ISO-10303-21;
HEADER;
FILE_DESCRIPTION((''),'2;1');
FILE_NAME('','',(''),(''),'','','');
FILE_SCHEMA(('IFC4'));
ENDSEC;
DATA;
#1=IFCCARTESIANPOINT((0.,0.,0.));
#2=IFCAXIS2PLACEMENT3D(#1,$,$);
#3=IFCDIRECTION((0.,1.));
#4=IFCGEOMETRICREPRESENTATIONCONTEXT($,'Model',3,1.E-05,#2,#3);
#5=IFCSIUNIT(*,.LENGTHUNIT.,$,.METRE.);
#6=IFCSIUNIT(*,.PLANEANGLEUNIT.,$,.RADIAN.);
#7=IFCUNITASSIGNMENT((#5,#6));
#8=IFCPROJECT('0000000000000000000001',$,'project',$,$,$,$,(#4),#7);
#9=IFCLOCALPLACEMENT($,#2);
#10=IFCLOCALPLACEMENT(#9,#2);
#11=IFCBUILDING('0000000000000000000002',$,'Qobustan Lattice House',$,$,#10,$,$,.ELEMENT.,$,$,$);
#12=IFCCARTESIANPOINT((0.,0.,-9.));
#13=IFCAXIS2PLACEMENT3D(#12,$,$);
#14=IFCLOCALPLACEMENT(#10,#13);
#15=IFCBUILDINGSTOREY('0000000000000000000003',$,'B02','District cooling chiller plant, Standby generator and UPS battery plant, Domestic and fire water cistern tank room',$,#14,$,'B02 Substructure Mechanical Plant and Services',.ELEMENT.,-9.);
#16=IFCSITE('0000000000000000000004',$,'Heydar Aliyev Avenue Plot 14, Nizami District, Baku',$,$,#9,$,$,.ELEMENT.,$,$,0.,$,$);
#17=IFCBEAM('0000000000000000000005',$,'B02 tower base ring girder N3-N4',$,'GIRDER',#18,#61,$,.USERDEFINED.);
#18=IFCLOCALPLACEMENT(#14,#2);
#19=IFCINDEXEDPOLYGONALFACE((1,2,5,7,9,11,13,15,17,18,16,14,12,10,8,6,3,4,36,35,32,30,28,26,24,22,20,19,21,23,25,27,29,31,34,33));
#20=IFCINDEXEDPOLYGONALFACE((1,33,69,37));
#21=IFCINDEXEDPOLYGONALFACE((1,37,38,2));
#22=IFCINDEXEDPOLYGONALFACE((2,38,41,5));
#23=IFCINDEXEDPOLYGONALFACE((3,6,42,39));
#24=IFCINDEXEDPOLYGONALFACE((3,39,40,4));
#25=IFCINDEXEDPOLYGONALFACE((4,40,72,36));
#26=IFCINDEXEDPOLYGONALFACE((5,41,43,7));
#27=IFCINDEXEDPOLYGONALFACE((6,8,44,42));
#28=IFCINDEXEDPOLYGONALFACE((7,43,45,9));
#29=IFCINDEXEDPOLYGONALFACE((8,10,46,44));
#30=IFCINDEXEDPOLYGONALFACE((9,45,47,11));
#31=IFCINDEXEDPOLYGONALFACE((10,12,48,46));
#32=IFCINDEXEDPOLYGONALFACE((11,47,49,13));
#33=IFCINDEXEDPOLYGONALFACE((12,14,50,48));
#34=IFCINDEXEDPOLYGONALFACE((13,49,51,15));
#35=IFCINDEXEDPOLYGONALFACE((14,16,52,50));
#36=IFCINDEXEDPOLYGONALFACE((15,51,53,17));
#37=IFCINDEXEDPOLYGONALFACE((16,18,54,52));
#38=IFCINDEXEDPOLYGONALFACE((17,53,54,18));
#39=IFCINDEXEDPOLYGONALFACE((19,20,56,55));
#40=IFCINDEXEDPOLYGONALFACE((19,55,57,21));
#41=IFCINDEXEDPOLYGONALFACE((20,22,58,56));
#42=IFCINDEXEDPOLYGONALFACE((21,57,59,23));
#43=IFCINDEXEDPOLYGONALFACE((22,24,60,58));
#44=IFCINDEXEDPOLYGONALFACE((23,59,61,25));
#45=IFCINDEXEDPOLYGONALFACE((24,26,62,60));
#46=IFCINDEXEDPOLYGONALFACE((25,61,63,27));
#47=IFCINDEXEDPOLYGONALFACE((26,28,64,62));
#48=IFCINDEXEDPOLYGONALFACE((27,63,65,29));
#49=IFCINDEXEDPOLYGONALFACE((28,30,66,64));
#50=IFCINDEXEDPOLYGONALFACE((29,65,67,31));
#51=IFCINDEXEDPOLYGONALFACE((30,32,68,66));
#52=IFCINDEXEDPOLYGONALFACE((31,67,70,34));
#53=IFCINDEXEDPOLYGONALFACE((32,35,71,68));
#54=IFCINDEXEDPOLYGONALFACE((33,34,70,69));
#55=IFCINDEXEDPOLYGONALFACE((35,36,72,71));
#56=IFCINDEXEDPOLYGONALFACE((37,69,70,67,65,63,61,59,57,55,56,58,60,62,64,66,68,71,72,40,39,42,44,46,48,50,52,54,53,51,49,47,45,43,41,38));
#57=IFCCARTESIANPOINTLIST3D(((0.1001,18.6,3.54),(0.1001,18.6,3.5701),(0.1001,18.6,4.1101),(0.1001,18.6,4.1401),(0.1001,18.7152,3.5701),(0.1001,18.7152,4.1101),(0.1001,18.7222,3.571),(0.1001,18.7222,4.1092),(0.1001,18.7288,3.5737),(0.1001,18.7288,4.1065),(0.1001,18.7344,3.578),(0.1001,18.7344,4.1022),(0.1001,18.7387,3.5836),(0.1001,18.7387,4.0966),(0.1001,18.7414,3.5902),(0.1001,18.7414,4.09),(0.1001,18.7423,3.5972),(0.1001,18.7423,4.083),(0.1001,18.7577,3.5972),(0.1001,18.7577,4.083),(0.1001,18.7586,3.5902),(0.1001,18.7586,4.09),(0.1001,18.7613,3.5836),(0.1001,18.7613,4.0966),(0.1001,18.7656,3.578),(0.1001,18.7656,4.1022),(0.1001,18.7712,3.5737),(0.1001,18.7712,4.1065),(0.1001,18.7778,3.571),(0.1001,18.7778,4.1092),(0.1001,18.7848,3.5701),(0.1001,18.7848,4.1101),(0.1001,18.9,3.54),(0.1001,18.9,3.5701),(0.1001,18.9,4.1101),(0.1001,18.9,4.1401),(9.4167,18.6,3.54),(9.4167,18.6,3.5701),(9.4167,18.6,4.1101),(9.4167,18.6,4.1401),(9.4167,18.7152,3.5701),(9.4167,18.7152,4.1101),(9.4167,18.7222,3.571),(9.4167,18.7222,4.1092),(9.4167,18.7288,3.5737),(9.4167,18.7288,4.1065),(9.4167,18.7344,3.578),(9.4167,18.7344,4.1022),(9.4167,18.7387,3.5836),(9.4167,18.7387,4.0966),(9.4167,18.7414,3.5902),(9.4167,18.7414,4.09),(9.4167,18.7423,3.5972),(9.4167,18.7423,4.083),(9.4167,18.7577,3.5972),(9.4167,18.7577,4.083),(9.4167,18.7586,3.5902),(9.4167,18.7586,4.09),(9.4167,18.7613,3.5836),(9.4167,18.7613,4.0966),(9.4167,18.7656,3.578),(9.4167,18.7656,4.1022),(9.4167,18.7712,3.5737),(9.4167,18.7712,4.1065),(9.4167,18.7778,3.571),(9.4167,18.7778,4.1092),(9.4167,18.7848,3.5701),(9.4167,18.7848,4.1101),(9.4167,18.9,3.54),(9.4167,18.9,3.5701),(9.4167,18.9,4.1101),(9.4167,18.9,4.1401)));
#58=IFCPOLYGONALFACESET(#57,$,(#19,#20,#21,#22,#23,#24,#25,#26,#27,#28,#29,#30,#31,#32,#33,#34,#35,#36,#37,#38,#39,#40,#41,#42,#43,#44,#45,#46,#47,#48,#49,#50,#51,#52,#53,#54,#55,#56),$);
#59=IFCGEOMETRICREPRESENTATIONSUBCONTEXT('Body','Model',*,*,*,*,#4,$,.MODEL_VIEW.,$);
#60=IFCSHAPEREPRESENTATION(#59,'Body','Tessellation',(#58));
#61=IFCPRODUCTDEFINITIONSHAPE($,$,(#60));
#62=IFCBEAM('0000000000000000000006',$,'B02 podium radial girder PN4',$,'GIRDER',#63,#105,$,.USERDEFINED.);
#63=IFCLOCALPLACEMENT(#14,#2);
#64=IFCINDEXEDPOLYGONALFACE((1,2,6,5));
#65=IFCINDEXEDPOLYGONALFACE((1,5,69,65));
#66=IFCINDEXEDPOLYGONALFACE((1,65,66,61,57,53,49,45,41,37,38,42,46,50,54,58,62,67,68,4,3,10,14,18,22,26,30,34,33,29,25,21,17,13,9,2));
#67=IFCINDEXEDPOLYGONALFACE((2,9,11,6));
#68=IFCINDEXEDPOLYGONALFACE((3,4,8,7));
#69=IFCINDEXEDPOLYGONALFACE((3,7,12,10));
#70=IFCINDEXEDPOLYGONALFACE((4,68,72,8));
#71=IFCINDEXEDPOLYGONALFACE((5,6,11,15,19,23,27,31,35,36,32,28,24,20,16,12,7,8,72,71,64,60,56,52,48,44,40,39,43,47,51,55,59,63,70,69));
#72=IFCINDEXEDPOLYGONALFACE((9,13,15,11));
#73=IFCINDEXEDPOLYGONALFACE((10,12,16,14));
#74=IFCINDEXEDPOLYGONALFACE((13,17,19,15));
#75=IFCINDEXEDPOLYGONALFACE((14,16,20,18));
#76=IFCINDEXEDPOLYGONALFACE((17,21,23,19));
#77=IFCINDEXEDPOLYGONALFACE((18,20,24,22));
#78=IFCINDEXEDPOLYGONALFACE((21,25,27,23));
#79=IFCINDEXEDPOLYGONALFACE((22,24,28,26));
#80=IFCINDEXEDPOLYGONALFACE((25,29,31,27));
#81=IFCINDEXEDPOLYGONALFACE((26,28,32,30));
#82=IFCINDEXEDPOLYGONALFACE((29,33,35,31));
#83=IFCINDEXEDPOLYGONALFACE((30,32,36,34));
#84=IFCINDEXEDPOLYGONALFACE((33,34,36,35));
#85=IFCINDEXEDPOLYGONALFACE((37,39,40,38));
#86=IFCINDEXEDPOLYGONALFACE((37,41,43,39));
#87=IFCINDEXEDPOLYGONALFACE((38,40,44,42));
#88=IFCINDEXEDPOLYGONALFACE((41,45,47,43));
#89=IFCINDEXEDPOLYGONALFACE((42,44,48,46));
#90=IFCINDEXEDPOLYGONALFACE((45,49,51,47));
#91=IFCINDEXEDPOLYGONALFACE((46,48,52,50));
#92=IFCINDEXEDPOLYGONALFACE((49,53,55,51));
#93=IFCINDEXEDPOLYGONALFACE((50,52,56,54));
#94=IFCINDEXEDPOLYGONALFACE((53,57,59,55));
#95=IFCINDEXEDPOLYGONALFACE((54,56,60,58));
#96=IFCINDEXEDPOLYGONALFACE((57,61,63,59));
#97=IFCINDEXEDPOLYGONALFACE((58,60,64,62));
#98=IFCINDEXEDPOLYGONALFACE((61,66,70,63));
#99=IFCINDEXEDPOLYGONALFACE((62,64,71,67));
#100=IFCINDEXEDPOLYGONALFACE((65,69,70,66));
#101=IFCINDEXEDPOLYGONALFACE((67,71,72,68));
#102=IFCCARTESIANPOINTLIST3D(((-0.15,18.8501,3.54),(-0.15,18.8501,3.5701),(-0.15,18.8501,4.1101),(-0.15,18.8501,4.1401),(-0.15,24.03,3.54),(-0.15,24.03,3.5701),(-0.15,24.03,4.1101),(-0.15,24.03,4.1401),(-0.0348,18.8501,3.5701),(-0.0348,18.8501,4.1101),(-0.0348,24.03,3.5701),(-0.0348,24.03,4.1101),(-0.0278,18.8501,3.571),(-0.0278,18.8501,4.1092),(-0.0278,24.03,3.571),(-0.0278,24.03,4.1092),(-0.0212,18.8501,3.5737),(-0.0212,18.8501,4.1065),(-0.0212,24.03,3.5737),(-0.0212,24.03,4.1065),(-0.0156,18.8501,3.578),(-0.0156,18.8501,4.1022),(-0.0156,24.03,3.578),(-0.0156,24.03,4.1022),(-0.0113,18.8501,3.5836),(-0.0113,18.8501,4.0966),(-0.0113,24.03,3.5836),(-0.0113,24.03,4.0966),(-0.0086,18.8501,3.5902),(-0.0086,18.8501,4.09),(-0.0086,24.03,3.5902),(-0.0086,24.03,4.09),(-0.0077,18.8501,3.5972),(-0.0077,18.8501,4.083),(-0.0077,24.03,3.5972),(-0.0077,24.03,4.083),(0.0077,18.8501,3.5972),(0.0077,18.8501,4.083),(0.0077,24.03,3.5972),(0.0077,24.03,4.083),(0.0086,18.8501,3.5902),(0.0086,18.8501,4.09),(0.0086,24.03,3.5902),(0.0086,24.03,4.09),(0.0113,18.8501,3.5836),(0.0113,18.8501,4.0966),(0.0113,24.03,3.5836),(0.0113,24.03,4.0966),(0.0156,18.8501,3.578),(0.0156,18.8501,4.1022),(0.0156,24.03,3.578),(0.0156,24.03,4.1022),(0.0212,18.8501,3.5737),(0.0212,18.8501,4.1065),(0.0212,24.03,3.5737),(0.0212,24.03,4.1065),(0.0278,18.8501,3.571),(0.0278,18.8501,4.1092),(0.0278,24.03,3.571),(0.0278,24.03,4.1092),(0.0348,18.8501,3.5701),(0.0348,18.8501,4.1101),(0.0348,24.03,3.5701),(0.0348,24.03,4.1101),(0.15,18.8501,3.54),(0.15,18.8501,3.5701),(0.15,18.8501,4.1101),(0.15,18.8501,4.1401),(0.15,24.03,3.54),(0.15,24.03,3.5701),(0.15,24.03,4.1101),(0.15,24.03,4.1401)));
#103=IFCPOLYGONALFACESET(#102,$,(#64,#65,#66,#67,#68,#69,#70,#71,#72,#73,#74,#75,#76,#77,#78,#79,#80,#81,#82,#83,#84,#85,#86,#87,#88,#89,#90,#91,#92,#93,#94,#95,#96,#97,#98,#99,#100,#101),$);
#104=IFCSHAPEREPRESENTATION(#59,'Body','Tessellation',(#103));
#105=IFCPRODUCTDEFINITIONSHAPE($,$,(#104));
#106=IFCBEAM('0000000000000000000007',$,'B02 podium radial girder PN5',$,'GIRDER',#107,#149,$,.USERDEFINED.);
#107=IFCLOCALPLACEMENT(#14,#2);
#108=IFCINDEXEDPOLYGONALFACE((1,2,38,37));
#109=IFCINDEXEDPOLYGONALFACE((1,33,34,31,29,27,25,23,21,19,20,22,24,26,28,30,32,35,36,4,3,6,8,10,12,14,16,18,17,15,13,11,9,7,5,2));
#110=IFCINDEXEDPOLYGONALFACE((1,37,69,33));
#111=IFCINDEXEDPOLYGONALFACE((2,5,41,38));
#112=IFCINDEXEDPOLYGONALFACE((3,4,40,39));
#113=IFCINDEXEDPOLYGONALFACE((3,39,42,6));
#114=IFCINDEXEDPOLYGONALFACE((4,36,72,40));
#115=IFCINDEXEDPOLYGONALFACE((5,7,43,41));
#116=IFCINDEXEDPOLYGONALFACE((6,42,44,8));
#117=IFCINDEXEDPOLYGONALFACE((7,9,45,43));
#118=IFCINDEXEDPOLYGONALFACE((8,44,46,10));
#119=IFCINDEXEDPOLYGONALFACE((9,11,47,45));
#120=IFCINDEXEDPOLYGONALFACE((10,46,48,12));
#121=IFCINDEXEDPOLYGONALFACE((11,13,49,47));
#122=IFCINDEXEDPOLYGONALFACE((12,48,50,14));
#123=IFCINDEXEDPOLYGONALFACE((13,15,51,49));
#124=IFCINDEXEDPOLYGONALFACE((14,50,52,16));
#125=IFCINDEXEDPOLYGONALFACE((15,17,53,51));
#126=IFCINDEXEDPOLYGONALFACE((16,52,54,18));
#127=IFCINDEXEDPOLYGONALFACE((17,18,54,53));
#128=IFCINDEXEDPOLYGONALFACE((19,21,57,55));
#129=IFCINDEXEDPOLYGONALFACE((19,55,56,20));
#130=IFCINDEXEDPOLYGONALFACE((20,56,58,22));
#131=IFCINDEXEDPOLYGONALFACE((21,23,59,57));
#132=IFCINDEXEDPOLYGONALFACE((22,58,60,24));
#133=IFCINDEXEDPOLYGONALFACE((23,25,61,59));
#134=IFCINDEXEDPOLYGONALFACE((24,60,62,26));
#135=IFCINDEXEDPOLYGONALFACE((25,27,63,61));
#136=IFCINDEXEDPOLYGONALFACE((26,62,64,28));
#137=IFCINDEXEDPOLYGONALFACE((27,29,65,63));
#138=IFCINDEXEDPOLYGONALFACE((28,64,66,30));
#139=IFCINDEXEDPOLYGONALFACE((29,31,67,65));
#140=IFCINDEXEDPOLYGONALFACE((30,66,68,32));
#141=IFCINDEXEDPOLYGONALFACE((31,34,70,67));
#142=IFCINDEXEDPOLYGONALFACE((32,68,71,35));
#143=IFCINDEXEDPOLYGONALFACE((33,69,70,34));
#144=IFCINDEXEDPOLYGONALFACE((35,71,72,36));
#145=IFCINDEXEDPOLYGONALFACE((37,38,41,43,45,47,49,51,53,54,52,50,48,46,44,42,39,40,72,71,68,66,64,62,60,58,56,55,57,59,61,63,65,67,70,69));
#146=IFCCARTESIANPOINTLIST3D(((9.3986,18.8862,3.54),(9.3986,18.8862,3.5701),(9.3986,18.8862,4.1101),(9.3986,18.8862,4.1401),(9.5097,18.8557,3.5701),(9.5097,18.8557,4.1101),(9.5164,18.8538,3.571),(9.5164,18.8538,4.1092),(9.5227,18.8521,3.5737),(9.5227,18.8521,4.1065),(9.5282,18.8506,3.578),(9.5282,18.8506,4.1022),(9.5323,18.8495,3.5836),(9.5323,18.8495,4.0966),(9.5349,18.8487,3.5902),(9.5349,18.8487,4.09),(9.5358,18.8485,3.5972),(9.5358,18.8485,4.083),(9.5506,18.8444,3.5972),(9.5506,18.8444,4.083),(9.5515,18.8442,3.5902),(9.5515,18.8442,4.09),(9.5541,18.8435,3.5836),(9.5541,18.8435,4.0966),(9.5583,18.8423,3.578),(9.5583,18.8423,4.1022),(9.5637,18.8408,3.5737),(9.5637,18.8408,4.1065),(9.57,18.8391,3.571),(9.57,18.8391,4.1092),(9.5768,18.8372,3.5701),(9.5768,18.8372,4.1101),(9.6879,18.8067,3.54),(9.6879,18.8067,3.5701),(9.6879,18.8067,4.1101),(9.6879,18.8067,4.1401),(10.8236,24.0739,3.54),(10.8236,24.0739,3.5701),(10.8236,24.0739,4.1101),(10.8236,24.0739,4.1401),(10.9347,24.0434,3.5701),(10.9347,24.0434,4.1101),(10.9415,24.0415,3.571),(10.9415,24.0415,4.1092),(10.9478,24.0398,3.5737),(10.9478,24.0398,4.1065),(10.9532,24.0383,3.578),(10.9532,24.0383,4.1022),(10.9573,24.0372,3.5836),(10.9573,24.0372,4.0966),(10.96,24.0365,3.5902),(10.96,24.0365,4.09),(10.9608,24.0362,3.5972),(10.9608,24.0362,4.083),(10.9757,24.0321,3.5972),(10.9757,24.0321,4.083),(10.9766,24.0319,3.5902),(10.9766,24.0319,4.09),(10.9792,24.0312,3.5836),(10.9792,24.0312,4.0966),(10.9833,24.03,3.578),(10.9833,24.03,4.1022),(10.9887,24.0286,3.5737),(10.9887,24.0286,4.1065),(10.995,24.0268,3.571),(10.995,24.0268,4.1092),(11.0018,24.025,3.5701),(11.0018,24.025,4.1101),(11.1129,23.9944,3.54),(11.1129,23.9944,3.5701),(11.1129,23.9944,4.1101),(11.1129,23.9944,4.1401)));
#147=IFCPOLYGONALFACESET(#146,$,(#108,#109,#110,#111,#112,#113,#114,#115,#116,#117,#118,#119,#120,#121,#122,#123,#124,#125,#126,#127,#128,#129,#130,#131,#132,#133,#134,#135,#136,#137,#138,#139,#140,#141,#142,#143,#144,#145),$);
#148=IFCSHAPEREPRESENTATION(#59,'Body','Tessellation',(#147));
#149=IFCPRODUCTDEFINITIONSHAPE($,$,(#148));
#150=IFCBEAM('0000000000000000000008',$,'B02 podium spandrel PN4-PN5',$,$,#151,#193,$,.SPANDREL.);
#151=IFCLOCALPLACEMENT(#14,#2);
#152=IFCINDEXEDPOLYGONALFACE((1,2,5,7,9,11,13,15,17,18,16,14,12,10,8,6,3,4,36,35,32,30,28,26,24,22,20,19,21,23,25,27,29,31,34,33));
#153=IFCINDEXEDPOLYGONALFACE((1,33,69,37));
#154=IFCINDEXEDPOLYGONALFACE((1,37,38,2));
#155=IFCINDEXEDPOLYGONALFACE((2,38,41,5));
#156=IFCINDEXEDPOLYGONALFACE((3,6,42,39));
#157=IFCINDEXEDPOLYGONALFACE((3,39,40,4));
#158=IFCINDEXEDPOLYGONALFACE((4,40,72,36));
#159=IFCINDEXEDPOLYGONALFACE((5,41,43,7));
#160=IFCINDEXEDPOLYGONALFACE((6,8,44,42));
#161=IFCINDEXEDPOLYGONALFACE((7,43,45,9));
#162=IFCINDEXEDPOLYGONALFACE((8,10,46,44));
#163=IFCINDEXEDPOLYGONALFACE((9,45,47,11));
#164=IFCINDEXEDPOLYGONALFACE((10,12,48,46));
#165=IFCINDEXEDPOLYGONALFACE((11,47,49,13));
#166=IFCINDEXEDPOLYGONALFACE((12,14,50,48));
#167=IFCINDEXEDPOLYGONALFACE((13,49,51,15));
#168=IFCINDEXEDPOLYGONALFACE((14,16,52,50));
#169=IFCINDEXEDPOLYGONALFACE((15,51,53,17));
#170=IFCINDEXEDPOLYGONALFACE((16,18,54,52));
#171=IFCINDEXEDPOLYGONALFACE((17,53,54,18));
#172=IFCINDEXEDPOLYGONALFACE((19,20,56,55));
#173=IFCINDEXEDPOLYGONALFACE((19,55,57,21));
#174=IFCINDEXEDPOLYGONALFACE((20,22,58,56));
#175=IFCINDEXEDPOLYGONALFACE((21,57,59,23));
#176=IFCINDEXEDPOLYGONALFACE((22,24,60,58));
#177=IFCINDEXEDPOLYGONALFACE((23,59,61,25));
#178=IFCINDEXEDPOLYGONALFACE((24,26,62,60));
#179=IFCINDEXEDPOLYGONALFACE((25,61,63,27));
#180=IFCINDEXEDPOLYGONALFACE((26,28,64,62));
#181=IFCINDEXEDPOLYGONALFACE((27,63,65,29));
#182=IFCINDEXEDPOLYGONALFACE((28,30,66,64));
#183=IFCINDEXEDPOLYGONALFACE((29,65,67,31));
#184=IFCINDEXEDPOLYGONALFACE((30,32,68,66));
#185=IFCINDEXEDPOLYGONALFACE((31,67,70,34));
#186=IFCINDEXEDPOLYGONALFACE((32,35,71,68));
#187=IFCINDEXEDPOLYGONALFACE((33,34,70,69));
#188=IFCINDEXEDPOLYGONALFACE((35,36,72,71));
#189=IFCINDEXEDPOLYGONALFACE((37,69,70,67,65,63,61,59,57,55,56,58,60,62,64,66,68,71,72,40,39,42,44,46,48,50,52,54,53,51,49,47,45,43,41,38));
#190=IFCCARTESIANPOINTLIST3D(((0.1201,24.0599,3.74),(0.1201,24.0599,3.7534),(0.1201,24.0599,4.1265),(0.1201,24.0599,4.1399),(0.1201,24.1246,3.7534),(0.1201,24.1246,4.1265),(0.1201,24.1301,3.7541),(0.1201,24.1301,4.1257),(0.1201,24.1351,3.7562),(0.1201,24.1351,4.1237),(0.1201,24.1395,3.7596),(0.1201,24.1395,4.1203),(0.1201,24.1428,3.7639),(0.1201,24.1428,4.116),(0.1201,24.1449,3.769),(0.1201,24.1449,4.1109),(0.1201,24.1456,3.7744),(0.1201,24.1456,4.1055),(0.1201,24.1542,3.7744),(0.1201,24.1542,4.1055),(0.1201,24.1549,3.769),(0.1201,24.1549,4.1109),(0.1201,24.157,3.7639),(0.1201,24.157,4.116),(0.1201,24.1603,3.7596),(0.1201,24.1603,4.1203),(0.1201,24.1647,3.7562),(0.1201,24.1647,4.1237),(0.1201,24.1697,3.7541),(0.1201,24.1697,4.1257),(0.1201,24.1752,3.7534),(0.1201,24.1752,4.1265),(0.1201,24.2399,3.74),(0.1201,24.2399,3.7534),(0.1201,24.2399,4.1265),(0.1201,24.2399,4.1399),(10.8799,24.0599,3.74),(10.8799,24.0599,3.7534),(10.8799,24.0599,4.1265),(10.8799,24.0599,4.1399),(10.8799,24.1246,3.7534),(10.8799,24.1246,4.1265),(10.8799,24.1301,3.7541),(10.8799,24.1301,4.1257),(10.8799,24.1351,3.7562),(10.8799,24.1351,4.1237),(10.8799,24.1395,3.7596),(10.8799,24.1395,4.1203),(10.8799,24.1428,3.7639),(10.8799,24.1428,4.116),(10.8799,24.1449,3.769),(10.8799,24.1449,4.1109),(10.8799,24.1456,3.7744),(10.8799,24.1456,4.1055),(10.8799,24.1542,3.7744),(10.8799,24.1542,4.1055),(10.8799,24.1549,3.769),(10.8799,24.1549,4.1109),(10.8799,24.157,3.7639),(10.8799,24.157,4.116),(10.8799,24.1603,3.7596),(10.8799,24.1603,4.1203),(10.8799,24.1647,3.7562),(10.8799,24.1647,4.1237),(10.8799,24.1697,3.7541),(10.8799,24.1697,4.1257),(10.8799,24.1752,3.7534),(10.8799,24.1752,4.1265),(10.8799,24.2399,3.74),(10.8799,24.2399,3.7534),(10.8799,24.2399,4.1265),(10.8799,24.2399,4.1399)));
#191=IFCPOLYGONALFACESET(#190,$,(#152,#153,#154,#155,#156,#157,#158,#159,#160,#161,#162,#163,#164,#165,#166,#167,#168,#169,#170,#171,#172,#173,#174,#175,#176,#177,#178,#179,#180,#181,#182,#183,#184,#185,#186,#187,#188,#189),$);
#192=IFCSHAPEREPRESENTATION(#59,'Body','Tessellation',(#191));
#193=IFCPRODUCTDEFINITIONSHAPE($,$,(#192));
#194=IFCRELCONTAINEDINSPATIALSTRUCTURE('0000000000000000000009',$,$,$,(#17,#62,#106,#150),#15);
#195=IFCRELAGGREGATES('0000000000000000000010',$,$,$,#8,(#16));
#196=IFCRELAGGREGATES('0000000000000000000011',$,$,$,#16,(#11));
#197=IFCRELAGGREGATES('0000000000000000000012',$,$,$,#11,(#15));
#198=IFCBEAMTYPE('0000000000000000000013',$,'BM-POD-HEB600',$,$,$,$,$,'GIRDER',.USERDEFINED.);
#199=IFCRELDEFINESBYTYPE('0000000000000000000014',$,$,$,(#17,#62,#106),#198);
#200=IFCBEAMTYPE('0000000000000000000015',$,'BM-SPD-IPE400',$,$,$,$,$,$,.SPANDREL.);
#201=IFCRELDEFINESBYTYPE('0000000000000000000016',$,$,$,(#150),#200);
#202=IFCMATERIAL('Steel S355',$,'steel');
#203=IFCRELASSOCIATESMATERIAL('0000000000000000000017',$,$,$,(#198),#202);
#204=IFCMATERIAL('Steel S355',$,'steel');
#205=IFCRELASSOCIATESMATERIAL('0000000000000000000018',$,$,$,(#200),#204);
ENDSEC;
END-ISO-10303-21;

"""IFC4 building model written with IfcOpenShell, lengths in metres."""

from ifc_helpers import new_model, si_unit, direction, frame, origin, origin_2d, place, context, subcontext, project, spatial, i_section, extrude, material, material_profile, profile_set, type_object, element, save


model = new_model("IFC4")

# Units and contexts
model_context = context("Model", 3, precision=1e-05, world=origin(), true_north=direction((0.0, 1.0)))
body_context = subcontext(model_context, "Body", "Model", "MODEL_VIEW")
ifc_project = project(units=[si_unit("LENGTHUNIT", "METRE"), si_unit("PLANEANGLEUNIT", "RADIAN")], contexts=[model_context])

# Site, building, storey
site_placement = place(None, origin())
site = spatial("IfcSite", under=ifc_project, at=site_placement, Name="Heydar Aliyev Avenue Plot 14, Nizami District, Baku", CompositionType="ELEMENT", RefElevation=0.0)
building_placement = place(site_placement, origin())
building = spatial("IfcBuilding", under=site, at=building_placement, Name="Qobustan Lattice House", CompositionType="ELEMENT")
storey_placement = place(building_placement, frame((0.0, 0.0, -9.0)))
storey = spatial("IfcBuildingStorey", under=building, at=storey_placement, Name="B02", Description="District cooling chiller plant, Standby generator and UPS battery plant, Domestic and fire water cistern tank room", LongName="B02 Substructure Mechanical Plant and Services", CompositionType="ELEMENT", Elevation=-9.0)

# Beams
ifc_material_1 = material(Name="Steel S355", Category="steel")
ifc_material_profile_1 = material_profile(ifc_material_1, i_section(OverallWidth=0.3, OverallDepth=0.6001, WebThickness=0.0154, FlangeThickness=0.03, FilletRadius=0.0271, at=origin_2d()), Name="HEB600")
ifc_profile_set_1 = profile_set([ifc_material_profile_1], Name="Steel S355")
beam_type_1 = type_object("IfcBeamType", Name="BM-POD-HEB600", ElementType="GIRDER", PredefinedType="USERDEFINED", material=ifc_profile_set_1)
beam_1_placement = place(storey_placement, frame((9.4167, 18.75, 3.8401), z_axis=(-1.0, 0.0, 0.0), x_axis=(0.0, -1.0, 0.0)))
element("IfcBeam", 1, at=beam_1_placement, inside=storey, type_object=beam_type_1, Name="B02 tower base ring girder N3-N4", ObjectType="GIRDER", PredefinedType="USERDEFINED", context=body_context, shape_type="SweptSolid", body=[
    extrude(i_section(OverallWidth=0.3, OverallDepth=0.6001, WebThickness=0.0154, FlangeThickness=0.03, FilletRadius=0.0271, at=origin_2d()), origin(), (0.0, 0.0, 1.0), 9.3167),
])
beam_2_placement = place(storey_placement, frame((0.0, 24.03, 3.8401), z_axis=(0.0, -1.0, 0.0), x_axis=(1.0, 0.0, 0.0)))
element("IfcBeam", 2, at=beam_2_placement, inside=storey, type_object=beam_type_1, Name="B02 podium radial girder PN4", ObjectType="GIRDER", PredefinedType="USERDEFINED", context=body_context, shape_type="SweptSolid", body=[
    extrude(i_section(OverallWidth=0.3, OverallDepth=0.6001, WebThickness=0.0154, FlangeThickness=0.03, FilletRadius=0.0271, at=origin_2d()), origin(), (0.0, 0.0, 1.0), 5.1799),
])
beam_3_placement = place(storey_placement, frame((10.9683, 24.0342, 3.8401), z_axis=(-0.264883, -0.96428, 0.0), x_axis=(0.96428, -0.264883, 0.0)))
element("IfcBeam", 3, at=beam_3_placement, inside=storey, type_object=beam_type_1, Name="B02 podium radial girder PN5", ObjectType="GIRDER", PredefinedType="USERDEFINED", context=body_context, shape_type="SweptSolid", body=[
    extrude(i_section(OverallWidth=0.3, OverallDepth=0.6001, WebThickness=0.0154, FlangeThickness=0.03, FilletRadius=0.0271, at=origin_2d()), origin(), (0.0, 0.0, 1.0), 5.3799),
])
ifc_material_2 = material(Name="Steel S355", Category="steel")
ifc_material_profile_2 = material_profile(ifc_material_2, i_section(OverallWidth=0.1799, OverallDepth=0.3999, WebThickness=0.0085, FlangeThickness=0.0134, FilletRadius=0.021, at=origin_2d()), Name="IPE400")
ifc_profile_set_2 = profile_set([ifc_material_profile_2], Name="Steel S355")
beam_type_2 = type_object("IfcBeamType", Name="BM-SPD-IPE400", PredefinedType="SPANDREL", material=ifc_profile_set_2)
for number, where, z_axis, x_axis, name in (
    (4, (0.1201, 24.1499, 3.9399), (1.0, 0.0, 0.0), (0.0, 1.0, 0.0), "B02 podium spandrel PN4-PN5"),
):
    element("IfcBeam", number, at=place(storey_placement, frame(where, z_axis=z_axis, x_axis=x_axis)), inside=storey, type_object=beam_type_2, Name=name, PredefinedType="SPANDREL", context=body_context, shape_type="SweptSolid", body=[
        extrude(i_section(OverallWidth=0.1799, OverallDepth=0.3999, WebThickness=0.0085, FlangeThickness=0.0134, FilletRadius=0.021, at=origin_2d()), origin(), (0.0, 0.0, 1.0), 10.7598),
    ])

save(model, "model.ifc")
